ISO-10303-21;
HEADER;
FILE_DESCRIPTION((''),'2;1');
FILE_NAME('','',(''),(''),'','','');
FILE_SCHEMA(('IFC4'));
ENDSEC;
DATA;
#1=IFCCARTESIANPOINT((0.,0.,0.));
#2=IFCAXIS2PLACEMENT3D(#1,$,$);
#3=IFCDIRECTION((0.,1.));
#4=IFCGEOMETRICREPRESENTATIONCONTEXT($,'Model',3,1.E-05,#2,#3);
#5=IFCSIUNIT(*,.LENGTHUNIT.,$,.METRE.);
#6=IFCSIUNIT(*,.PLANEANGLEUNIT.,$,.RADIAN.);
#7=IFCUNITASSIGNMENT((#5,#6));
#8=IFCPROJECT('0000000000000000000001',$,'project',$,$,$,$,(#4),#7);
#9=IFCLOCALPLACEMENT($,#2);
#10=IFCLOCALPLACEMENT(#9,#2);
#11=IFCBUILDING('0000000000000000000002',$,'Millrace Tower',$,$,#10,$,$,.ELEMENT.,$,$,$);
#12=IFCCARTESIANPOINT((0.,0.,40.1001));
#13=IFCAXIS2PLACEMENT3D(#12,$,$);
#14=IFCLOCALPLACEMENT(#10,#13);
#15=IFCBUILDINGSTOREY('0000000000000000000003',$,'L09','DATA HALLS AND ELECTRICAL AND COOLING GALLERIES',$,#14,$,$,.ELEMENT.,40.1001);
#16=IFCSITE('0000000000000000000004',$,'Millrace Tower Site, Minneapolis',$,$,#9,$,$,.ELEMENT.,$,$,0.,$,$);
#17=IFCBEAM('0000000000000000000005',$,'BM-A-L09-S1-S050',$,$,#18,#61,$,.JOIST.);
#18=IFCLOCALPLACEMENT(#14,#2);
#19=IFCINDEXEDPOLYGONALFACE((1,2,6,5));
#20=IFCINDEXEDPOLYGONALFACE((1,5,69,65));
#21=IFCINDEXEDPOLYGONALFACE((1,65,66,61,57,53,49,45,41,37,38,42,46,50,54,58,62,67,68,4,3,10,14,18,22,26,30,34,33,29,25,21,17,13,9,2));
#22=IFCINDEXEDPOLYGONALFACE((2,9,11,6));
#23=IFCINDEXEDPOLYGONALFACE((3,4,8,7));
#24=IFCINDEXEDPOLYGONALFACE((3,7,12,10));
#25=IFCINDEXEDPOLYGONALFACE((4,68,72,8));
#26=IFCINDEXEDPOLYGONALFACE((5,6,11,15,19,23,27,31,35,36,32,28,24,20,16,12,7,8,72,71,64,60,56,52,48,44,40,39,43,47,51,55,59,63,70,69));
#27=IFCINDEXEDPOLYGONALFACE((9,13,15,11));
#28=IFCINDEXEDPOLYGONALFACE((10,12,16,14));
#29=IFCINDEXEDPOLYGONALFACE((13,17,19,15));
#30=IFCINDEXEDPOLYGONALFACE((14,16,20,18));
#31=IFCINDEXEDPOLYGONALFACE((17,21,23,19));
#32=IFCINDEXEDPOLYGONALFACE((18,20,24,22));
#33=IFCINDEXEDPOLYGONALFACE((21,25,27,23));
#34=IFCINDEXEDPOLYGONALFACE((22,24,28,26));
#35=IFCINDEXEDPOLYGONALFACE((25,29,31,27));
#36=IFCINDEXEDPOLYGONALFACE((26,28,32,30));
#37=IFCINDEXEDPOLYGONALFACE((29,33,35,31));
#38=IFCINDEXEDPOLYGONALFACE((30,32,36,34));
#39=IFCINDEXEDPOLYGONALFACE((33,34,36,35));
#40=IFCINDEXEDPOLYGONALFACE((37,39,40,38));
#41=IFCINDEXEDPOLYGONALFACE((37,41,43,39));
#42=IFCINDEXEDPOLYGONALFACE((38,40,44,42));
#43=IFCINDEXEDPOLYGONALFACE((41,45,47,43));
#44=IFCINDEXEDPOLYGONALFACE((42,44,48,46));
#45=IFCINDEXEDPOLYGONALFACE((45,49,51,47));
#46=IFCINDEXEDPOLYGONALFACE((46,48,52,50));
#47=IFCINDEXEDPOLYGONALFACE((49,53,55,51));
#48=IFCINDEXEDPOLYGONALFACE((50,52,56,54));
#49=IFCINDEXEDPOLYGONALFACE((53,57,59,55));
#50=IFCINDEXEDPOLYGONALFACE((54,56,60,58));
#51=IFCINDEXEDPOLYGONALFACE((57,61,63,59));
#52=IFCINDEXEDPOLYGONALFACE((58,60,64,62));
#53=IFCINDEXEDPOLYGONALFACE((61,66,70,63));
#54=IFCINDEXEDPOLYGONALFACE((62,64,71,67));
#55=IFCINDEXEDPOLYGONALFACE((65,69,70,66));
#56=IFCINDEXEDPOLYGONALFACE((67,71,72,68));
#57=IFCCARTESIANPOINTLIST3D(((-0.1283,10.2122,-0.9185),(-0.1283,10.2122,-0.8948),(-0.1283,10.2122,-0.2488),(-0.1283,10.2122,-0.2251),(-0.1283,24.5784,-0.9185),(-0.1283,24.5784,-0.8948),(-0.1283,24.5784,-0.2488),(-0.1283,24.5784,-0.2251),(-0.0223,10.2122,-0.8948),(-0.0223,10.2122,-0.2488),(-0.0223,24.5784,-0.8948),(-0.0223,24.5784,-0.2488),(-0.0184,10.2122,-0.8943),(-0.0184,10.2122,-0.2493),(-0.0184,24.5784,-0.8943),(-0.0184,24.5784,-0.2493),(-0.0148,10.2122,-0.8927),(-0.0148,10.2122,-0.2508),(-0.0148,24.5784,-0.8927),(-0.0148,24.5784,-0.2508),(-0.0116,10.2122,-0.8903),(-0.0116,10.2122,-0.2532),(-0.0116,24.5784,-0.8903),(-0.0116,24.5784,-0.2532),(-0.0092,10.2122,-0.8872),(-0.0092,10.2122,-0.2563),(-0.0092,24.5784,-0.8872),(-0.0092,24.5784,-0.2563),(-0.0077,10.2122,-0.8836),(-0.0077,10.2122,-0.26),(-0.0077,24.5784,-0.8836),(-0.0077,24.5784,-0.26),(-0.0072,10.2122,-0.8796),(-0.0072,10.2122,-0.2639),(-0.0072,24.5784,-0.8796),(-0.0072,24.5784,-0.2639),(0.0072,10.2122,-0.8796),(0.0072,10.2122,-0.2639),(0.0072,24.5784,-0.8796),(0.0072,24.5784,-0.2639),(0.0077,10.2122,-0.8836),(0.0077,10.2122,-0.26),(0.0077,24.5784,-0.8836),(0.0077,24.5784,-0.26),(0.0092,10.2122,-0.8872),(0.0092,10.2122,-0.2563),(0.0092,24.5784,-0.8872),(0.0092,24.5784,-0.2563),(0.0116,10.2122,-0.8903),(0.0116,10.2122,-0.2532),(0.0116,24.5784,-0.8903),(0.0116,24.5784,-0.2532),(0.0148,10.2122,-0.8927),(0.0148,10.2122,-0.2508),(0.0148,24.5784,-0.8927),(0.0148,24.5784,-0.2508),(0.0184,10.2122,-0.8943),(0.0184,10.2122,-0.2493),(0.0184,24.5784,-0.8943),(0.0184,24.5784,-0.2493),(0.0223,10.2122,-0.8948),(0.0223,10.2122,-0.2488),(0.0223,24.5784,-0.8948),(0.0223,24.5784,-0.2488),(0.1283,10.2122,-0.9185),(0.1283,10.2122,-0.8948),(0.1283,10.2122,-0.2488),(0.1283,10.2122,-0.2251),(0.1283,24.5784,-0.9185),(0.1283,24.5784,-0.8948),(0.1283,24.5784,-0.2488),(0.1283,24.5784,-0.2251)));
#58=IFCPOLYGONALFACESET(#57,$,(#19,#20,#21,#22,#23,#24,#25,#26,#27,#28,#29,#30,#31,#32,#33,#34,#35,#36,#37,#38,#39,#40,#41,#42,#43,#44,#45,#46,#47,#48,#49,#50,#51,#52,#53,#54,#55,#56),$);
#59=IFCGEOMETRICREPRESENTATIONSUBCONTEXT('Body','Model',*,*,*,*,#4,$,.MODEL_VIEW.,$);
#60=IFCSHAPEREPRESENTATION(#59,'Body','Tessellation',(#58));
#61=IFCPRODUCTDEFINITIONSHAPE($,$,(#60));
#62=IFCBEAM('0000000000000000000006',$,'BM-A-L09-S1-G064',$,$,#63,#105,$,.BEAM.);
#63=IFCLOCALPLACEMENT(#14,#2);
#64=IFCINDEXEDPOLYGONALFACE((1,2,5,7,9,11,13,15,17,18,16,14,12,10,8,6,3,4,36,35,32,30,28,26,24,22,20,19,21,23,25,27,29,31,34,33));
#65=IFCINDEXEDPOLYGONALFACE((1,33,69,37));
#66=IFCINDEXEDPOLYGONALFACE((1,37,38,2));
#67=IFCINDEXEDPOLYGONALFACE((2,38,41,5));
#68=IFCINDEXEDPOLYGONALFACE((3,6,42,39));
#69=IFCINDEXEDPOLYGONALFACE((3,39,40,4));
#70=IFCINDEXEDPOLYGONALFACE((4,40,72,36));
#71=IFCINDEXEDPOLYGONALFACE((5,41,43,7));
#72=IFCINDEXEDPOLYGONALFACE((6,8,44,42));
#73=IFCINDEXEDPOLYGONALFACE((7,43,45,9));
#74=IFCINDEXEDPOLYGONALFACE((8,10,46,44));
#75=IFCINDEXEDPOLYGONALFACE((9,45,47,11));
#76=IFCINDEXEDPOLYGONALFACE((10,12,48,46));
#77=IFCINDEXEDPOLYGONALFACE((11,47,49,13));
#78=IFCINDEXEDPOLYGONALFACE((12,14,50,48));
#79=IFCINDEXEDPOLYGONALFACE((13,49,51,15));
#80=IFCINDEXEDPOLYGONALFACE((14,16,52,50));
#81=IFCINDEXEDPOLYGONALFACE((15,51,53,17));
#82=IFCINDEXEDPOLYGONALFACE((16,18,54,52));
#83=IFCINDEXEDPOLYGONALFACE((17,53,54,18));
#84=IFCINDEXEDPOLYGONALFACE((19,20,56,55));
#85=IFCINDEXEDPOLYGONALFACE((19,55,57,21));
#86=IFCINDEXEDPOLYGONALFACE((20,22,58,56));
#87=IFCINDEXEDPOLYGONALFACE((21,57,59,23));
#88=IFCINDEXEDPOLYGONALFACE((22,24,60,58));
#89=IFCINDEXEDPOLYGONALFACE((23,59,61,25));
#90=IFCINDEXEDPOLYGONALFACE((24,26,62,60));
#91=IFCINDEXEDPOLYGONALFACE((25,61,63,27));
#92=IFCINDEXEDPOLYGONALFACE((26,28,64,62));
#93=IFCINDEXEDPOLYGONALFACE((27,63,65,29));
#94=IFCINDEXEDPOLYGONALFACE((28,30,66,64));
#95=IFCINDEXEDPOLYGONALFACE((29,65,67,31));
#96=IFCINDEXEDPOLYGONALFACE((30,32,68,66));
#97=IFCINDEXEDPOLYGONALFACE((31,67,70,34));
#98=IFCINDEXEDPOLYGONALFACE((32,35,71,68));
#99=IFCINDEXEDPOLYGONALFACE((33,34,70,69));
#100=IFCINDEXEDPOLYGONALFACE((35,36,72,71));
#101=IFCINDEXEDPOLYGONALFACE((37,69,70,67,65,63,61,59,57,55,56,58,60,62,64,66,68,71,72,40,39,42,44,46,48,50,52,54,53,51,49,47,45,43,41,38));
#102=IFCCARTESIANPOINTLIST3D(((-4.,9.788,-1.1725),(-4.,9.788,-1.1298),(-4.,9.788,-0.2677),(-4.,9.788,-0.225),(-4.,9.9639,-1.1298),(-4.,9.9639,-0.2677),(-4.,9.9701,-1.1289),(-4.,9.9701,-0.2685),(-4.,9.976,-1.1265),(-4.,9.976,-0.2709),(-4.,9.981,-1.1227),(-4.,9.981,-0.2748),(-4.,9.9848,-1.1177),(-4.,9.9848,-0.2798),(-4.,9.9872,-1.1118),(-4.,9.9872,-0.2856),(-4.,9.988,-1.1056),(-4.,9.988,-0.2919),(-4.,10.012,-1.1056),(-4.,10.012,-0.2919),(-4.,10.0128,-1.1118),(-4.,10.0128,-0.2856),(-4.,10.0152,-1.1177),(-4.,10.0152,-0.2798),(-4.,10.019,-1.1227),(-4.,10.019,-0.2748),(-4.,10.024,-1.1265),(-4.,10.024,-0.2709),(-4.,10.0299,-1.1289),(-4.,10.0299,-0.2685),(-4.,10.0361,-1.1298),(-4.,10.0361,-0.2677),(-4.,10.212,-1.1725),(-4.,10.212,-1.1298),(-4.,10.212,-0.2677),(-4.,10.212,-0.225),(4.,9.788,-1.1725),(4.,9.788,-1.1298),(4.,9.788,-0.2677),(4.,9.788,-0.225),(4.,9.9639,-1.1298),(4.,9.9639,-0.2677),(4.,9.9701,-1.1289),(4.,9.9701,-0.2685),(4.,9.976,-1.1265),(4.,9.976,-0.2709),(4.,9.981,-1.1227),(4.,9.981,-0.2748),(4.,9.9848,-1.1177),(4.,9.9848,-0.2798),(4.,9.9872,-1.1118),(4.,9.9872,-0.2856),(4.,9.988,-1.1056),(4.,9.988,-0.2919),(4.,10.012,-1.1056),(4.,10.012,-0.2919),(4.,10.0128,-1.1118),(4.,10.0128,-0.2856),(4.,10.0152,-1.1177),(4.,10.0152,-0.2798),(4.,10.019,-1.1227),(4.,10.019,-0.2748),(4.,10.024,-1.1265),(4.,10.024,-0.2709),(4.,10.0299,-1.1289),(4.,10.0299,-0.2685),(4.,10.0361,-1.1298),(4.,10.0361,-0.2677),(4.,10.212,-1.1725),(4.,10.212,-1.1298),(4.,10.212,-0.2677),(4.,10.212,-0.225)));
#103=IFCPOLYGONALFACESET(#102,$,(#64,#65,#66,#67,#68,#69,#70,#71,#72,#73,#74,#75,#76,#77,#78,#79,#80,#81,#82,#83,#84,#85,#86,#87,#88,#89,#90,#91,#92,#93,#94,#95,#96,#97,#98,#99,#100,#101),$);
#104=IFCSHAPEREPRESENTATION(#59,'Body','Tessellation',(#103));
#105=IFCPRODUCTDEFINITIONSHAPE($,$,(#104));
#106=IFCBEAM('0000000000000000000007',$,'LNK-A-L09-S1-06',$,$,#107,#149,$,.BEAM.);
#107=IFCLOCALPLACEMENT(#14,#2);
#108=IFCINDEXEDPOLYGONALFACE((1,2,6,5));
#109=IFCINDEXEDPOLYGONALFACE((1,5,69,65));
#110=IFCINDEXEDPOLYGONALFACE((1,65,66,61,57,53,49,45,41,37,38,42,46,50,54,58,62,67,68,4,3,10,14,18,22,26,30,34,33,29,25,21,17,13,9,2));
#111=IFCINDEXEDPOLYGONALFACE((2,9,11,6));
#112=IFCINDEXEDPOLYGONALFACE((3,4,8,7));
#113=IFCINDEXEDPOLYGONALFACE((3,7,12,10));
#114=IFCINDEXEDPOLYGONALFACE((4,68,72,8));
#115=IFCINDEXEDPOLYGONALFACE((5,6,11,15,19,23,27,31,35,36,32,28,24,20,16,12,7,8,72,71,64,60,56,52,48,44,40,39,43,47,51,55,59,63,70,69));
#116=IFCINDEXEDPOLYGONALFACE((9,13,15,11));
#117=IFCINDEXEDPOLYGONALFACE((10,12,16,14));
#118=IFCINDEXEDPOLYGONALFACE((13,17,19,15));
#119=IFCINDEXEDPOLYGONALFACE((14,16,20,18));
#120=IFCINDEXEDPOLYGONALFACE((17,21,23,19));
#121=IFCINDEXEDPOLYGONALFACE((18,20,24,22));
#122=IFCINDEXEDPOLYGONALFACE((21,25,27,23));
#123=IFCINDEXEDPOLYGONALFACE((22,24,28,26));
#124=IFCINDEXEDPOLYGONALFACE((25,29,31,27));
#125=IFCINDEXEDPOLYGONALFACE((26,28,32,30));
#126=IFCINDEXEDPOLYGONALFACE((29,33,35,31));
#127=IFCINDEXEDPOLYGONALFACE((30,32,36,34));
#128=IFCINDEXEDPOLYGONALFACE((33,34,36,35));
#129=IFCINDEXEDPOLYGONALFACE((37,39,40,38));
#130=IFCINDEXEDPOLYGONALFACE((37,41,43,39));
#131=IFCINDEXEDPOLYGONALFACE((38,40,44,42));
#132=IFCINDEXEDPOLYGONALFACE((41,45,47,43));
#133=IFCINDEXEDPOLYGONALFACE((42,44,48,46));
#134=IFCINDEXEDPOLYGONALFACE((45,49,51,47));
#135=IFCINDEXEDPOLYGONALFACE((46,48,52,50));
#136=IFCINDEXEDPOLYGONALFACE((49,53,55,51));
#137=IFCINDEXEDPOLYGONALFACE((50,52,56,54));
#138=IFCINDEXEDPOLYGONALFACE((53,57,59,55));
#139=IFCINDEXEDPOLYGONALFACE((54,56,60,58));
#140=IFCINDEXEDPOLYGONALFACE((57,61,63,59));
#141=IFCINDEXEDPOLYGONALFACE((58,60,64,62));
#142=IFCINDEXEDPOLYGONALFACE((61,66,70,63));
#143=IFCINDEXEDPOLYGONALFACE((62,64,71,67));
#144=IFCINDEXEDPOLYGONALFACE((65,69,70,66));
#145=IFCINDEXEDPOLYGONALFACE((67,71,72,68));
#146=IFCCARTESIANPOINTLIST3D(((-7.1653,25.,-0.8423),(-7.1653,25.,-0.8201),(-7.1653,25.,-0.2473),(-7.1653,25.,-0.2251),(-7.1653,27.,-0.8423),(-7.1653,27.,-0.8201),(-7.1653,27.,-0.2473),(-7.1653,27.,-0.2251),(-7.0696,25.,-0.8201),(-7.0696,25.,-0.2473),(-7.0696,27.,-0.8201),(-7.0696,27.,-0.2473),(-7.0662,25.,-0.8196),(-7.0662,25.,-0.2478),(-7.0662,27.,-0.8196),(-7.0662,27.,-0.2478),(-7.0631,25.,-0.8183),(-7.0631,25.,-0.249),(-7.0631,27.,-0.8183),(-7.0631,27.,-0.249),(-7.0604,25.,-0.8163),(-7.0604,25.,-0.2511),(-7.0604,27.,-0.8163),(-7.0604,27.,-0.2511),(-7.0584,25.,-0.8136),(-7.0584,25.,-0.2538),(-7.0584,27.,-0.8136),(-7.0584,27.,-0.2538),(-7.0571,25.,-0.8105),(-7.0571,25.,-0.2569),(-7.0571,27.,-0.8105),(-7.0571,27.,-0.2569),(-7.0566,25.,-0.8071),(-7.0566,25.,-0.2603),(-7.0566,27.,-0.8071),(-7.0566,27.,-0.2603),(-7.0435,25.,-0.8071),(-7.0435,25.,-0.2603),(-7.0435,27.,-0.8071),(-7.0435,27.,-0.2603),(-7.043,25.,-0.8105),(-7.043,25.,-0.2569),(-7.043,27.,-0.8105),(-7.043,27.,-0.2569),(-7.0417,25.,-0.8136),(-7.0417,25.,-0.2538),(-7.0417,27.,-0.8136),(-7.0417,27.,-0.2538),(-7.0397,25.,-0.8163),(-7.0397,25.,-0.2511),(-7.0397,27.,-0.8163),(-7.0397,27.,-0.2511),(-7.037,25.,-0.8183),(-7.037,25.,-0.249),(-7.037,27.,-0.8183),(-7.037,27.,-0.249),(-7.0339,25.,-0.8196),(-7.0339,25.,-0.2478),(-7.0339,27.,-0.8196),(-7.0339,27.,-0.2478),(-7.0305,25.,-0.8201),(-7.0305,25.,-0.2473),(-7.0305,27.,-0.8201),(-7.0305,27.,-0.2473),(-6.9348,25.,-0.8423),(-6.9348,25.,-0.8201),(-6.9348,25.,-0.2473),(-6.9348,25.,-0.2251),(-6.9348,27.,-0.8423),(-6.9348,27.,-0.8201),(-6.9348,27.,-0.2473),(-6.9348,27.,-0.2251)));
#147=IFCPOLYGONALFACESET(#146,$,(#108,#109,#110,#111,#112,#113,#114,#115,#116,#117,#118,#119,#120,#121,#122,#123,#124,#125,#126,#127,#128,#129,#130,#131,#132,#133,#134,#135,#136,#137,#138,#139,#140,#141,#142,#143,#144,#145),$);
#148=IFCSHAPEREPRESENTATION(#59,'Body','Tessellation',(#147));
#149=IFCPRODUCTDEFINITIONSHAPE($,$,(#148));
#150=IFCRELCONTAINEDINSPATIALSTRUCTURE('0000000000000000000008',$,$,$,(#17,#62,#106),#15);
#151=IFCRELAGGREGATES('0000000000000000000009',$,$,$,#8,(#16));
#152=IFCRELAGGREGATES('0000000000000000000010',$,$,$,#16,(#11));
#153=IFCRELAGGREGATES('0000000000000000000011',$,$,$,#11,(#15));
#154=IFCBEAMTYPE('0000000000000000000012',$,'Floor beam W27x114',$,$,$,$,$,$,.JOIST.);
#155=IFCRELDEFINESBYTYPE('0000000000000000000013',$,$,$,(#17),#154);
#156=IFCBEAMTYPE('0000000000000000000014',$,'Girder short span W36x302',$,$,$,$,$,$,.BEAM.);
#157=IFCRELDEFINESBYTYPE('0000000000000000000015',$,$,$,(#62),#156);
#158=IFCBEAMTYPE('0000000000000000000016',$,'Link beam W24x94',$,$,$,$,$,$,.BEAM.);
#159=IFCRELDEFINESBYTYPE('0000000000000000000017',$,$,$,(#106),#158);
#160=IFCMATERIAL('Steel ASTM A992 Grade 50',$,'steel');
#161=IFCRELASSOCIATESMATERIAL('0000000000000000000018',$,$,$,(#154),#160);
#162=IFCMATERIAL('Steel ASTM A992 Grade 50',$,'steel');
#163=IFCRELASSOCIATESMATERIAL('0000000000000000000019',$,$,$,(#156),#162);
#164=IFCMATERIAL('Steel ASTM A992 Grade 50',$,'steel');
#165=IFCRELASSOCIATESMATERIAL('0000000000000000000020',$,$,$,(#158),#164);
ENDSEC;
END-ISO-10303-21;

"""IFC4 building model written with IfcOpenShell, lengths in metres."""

from ifc_helpers import new_model, si_unit, direction, frame, origin, origin_2d, place, context, subcontext, project, spatial, i_section, extrude, material, material_profile, profile_set, type_object, element, save


model = new_model("IFC4")

# Units and contexts
model_context = context("Model", 3, precision=1e-05, world=origin(), true_north=direction((0.0, 1.0)))
body_context = subcontext(model_context, "Body", "Model", "MODEL_VIEW")
ifc_project = project(units=[si_unit("LENGTHUNIT", "METRE"), si_unit("PLANEANGLEUNIT", "RADIAN")], contexts=[model_context])

# Site, building, storey
site_placement = place(None, origin())
site = spatial("IfcSite", under=ifc_project, at=site_placement, Name="Millrace Tower Site, Minneapolis", CompositionType="ELEMENT", RefElevation=0.0)
building_placement = place(site_placement, origin())
building = spatial("IfcBuilding", under=site, at=building_placement, Name="Millrace Tower", CompositionType="ELEMENT")
storey_placement = place(building_placement, frame((0.0, 0.0, 40.1001)))
storey = spatial("IfcBuildingStorey", under=building, at=storey_placement, Name="L09", Description="DATA HALLS AND ELECTRICAL AND COOLING GALLERIES", CompositionType="ELEMENT", Elevation=40.1001)

# Beams
ifc_material_1 = material(Name="Steel ASTM A992 Grade 50", Category="steel")
ifc_material_profile_1 = material_profile(ifc_material_1, i_section(OverallWidth=0.2566, OverallDepth=0.6934, WebThickness=0.0144, FlangeThickness=0.0237, FilletRadius=0.0151, at=origin_2d()))
ifc_profile_set_1 = profile_set([ifc_material_profile_1], Name="Steel ASTM A992 Grade 50")
beam_type_1 = type_object("IfcBeamType", Name="Floor beam W27x114", PredefinedType="JOIST", material=ifc_profile_set_1)
for number, where, z_axis, x_axis, name in (
    (1, (0.0, 10.2122, -0.5718), (0.0, 1.0, 0.0), (-1.0, 0.0, 0.0), "BM-A-L09-S1-S050"),
):
    element("IfcBeam", number, at=place(storey_placement, frame(where, z_axis=z_axis, x_axis=x_axis)), inside=storey, type_object=beam_type_1, Name=name, PredefinedType="JOIST", context=body_context, shape_type="SweptSolid", body=[
        extrude(i_section(OverallWidth=0.2566, OverallDepth=0.6934, WebThickness=0.0144, FlangeThickness=0.0237, FilletRadius=0.0151, at=origin_2d()), origin(), (0.0, 0.0, 1.0), 14.3662),
    ])
ifc_material_2 = material(Name="Steel ASTM A992 Grade 50", Category="steel")
ifc_material_profile_2 = material_profile(ifc_material_2, i_section(OverallWidth=0.4241, OverallDepth=0.9475, WebThickness=0.0239, FlangeThickness=0.0427, FilletRadius=0.0242, at=origin_2d()))
ifc_profile_set_2 = profile_set([ifc_material_profile_2], Name="Steel ASTM A992 Grade 50")
beam_type_2 = type_object("IfcBeamType", Name="Girder short span W36x302", PredefinedType="BEAM", material=ifc_profile_set_2)
beam_1_placement = place(storey_placement, frame((-4.0, 10.0, -0.6987), z_axis=(1.0, 0.0, 0.0), x_axis=(0.0, 1.0, 0.0)))
element("IfcBeam", 2, at=beam_1_placement, inside=storey, type_object=beam_type_2, Name="BM-A-L09-S1-G064", PredefinedType="BEAM", context=body_context, shape_type="SweptSolid", body=[
    extrude(i_section(OverallWidth=0.4241, OverallDepth=0.9475, WebThickness=0.0239, FlangeThickness=0.0427, FilletRadius=0.0242, at=origin_2d()), origin(), (0.0, 0.0, 1.0), 8.0),
])
ifc_material_3 = material(Name="Steel ASTM A992 Grade 50", Category="steel")
ifc_material_profile_3 = material_profile(ifc_material_3, i_section(OverallWidth=0.2305, OverallDepth=0.6172, WebThickness=0.0132, FlangeThickness=0.0222, FilletRadius=0.0129, at=origin_2d()))
ifc_profile_set_3 = profile_set([ifc_material_profile_3], Name="Steel ASTM A992 Grade 50")
beam_type_3 = type_object("IfcBeamType", Name="Link beam W24x94", PredefinedType="BEAM", material=ifc_profile_set_3)
beam_2_placement = place(storey_placement, frame((-7.05, 25.0, -0.5337), z_axis=(0.0, 1.0, 0.0), x_axis=(-1.0, 0.0, 0.0)))
element("IfcBeam", 3, at=beam_2_placement, inside=storey, type_object=beam_type_3, Name="LNK-A-L09-S1-06", PredefinedType="BEAM", context=body_context, shape_type="SweptSolid", body=[
    extrude(i_section(OverallWidth=0.2305, OverallDepth=0.6172, WebThickness=0.0132, FlangeThickness=0.0222, FilletRadius=0.0129, at=origin_2d()), origin(), (0.0, 0.0, 1.0), 2.0),
])

save(model, "model.ifc")
